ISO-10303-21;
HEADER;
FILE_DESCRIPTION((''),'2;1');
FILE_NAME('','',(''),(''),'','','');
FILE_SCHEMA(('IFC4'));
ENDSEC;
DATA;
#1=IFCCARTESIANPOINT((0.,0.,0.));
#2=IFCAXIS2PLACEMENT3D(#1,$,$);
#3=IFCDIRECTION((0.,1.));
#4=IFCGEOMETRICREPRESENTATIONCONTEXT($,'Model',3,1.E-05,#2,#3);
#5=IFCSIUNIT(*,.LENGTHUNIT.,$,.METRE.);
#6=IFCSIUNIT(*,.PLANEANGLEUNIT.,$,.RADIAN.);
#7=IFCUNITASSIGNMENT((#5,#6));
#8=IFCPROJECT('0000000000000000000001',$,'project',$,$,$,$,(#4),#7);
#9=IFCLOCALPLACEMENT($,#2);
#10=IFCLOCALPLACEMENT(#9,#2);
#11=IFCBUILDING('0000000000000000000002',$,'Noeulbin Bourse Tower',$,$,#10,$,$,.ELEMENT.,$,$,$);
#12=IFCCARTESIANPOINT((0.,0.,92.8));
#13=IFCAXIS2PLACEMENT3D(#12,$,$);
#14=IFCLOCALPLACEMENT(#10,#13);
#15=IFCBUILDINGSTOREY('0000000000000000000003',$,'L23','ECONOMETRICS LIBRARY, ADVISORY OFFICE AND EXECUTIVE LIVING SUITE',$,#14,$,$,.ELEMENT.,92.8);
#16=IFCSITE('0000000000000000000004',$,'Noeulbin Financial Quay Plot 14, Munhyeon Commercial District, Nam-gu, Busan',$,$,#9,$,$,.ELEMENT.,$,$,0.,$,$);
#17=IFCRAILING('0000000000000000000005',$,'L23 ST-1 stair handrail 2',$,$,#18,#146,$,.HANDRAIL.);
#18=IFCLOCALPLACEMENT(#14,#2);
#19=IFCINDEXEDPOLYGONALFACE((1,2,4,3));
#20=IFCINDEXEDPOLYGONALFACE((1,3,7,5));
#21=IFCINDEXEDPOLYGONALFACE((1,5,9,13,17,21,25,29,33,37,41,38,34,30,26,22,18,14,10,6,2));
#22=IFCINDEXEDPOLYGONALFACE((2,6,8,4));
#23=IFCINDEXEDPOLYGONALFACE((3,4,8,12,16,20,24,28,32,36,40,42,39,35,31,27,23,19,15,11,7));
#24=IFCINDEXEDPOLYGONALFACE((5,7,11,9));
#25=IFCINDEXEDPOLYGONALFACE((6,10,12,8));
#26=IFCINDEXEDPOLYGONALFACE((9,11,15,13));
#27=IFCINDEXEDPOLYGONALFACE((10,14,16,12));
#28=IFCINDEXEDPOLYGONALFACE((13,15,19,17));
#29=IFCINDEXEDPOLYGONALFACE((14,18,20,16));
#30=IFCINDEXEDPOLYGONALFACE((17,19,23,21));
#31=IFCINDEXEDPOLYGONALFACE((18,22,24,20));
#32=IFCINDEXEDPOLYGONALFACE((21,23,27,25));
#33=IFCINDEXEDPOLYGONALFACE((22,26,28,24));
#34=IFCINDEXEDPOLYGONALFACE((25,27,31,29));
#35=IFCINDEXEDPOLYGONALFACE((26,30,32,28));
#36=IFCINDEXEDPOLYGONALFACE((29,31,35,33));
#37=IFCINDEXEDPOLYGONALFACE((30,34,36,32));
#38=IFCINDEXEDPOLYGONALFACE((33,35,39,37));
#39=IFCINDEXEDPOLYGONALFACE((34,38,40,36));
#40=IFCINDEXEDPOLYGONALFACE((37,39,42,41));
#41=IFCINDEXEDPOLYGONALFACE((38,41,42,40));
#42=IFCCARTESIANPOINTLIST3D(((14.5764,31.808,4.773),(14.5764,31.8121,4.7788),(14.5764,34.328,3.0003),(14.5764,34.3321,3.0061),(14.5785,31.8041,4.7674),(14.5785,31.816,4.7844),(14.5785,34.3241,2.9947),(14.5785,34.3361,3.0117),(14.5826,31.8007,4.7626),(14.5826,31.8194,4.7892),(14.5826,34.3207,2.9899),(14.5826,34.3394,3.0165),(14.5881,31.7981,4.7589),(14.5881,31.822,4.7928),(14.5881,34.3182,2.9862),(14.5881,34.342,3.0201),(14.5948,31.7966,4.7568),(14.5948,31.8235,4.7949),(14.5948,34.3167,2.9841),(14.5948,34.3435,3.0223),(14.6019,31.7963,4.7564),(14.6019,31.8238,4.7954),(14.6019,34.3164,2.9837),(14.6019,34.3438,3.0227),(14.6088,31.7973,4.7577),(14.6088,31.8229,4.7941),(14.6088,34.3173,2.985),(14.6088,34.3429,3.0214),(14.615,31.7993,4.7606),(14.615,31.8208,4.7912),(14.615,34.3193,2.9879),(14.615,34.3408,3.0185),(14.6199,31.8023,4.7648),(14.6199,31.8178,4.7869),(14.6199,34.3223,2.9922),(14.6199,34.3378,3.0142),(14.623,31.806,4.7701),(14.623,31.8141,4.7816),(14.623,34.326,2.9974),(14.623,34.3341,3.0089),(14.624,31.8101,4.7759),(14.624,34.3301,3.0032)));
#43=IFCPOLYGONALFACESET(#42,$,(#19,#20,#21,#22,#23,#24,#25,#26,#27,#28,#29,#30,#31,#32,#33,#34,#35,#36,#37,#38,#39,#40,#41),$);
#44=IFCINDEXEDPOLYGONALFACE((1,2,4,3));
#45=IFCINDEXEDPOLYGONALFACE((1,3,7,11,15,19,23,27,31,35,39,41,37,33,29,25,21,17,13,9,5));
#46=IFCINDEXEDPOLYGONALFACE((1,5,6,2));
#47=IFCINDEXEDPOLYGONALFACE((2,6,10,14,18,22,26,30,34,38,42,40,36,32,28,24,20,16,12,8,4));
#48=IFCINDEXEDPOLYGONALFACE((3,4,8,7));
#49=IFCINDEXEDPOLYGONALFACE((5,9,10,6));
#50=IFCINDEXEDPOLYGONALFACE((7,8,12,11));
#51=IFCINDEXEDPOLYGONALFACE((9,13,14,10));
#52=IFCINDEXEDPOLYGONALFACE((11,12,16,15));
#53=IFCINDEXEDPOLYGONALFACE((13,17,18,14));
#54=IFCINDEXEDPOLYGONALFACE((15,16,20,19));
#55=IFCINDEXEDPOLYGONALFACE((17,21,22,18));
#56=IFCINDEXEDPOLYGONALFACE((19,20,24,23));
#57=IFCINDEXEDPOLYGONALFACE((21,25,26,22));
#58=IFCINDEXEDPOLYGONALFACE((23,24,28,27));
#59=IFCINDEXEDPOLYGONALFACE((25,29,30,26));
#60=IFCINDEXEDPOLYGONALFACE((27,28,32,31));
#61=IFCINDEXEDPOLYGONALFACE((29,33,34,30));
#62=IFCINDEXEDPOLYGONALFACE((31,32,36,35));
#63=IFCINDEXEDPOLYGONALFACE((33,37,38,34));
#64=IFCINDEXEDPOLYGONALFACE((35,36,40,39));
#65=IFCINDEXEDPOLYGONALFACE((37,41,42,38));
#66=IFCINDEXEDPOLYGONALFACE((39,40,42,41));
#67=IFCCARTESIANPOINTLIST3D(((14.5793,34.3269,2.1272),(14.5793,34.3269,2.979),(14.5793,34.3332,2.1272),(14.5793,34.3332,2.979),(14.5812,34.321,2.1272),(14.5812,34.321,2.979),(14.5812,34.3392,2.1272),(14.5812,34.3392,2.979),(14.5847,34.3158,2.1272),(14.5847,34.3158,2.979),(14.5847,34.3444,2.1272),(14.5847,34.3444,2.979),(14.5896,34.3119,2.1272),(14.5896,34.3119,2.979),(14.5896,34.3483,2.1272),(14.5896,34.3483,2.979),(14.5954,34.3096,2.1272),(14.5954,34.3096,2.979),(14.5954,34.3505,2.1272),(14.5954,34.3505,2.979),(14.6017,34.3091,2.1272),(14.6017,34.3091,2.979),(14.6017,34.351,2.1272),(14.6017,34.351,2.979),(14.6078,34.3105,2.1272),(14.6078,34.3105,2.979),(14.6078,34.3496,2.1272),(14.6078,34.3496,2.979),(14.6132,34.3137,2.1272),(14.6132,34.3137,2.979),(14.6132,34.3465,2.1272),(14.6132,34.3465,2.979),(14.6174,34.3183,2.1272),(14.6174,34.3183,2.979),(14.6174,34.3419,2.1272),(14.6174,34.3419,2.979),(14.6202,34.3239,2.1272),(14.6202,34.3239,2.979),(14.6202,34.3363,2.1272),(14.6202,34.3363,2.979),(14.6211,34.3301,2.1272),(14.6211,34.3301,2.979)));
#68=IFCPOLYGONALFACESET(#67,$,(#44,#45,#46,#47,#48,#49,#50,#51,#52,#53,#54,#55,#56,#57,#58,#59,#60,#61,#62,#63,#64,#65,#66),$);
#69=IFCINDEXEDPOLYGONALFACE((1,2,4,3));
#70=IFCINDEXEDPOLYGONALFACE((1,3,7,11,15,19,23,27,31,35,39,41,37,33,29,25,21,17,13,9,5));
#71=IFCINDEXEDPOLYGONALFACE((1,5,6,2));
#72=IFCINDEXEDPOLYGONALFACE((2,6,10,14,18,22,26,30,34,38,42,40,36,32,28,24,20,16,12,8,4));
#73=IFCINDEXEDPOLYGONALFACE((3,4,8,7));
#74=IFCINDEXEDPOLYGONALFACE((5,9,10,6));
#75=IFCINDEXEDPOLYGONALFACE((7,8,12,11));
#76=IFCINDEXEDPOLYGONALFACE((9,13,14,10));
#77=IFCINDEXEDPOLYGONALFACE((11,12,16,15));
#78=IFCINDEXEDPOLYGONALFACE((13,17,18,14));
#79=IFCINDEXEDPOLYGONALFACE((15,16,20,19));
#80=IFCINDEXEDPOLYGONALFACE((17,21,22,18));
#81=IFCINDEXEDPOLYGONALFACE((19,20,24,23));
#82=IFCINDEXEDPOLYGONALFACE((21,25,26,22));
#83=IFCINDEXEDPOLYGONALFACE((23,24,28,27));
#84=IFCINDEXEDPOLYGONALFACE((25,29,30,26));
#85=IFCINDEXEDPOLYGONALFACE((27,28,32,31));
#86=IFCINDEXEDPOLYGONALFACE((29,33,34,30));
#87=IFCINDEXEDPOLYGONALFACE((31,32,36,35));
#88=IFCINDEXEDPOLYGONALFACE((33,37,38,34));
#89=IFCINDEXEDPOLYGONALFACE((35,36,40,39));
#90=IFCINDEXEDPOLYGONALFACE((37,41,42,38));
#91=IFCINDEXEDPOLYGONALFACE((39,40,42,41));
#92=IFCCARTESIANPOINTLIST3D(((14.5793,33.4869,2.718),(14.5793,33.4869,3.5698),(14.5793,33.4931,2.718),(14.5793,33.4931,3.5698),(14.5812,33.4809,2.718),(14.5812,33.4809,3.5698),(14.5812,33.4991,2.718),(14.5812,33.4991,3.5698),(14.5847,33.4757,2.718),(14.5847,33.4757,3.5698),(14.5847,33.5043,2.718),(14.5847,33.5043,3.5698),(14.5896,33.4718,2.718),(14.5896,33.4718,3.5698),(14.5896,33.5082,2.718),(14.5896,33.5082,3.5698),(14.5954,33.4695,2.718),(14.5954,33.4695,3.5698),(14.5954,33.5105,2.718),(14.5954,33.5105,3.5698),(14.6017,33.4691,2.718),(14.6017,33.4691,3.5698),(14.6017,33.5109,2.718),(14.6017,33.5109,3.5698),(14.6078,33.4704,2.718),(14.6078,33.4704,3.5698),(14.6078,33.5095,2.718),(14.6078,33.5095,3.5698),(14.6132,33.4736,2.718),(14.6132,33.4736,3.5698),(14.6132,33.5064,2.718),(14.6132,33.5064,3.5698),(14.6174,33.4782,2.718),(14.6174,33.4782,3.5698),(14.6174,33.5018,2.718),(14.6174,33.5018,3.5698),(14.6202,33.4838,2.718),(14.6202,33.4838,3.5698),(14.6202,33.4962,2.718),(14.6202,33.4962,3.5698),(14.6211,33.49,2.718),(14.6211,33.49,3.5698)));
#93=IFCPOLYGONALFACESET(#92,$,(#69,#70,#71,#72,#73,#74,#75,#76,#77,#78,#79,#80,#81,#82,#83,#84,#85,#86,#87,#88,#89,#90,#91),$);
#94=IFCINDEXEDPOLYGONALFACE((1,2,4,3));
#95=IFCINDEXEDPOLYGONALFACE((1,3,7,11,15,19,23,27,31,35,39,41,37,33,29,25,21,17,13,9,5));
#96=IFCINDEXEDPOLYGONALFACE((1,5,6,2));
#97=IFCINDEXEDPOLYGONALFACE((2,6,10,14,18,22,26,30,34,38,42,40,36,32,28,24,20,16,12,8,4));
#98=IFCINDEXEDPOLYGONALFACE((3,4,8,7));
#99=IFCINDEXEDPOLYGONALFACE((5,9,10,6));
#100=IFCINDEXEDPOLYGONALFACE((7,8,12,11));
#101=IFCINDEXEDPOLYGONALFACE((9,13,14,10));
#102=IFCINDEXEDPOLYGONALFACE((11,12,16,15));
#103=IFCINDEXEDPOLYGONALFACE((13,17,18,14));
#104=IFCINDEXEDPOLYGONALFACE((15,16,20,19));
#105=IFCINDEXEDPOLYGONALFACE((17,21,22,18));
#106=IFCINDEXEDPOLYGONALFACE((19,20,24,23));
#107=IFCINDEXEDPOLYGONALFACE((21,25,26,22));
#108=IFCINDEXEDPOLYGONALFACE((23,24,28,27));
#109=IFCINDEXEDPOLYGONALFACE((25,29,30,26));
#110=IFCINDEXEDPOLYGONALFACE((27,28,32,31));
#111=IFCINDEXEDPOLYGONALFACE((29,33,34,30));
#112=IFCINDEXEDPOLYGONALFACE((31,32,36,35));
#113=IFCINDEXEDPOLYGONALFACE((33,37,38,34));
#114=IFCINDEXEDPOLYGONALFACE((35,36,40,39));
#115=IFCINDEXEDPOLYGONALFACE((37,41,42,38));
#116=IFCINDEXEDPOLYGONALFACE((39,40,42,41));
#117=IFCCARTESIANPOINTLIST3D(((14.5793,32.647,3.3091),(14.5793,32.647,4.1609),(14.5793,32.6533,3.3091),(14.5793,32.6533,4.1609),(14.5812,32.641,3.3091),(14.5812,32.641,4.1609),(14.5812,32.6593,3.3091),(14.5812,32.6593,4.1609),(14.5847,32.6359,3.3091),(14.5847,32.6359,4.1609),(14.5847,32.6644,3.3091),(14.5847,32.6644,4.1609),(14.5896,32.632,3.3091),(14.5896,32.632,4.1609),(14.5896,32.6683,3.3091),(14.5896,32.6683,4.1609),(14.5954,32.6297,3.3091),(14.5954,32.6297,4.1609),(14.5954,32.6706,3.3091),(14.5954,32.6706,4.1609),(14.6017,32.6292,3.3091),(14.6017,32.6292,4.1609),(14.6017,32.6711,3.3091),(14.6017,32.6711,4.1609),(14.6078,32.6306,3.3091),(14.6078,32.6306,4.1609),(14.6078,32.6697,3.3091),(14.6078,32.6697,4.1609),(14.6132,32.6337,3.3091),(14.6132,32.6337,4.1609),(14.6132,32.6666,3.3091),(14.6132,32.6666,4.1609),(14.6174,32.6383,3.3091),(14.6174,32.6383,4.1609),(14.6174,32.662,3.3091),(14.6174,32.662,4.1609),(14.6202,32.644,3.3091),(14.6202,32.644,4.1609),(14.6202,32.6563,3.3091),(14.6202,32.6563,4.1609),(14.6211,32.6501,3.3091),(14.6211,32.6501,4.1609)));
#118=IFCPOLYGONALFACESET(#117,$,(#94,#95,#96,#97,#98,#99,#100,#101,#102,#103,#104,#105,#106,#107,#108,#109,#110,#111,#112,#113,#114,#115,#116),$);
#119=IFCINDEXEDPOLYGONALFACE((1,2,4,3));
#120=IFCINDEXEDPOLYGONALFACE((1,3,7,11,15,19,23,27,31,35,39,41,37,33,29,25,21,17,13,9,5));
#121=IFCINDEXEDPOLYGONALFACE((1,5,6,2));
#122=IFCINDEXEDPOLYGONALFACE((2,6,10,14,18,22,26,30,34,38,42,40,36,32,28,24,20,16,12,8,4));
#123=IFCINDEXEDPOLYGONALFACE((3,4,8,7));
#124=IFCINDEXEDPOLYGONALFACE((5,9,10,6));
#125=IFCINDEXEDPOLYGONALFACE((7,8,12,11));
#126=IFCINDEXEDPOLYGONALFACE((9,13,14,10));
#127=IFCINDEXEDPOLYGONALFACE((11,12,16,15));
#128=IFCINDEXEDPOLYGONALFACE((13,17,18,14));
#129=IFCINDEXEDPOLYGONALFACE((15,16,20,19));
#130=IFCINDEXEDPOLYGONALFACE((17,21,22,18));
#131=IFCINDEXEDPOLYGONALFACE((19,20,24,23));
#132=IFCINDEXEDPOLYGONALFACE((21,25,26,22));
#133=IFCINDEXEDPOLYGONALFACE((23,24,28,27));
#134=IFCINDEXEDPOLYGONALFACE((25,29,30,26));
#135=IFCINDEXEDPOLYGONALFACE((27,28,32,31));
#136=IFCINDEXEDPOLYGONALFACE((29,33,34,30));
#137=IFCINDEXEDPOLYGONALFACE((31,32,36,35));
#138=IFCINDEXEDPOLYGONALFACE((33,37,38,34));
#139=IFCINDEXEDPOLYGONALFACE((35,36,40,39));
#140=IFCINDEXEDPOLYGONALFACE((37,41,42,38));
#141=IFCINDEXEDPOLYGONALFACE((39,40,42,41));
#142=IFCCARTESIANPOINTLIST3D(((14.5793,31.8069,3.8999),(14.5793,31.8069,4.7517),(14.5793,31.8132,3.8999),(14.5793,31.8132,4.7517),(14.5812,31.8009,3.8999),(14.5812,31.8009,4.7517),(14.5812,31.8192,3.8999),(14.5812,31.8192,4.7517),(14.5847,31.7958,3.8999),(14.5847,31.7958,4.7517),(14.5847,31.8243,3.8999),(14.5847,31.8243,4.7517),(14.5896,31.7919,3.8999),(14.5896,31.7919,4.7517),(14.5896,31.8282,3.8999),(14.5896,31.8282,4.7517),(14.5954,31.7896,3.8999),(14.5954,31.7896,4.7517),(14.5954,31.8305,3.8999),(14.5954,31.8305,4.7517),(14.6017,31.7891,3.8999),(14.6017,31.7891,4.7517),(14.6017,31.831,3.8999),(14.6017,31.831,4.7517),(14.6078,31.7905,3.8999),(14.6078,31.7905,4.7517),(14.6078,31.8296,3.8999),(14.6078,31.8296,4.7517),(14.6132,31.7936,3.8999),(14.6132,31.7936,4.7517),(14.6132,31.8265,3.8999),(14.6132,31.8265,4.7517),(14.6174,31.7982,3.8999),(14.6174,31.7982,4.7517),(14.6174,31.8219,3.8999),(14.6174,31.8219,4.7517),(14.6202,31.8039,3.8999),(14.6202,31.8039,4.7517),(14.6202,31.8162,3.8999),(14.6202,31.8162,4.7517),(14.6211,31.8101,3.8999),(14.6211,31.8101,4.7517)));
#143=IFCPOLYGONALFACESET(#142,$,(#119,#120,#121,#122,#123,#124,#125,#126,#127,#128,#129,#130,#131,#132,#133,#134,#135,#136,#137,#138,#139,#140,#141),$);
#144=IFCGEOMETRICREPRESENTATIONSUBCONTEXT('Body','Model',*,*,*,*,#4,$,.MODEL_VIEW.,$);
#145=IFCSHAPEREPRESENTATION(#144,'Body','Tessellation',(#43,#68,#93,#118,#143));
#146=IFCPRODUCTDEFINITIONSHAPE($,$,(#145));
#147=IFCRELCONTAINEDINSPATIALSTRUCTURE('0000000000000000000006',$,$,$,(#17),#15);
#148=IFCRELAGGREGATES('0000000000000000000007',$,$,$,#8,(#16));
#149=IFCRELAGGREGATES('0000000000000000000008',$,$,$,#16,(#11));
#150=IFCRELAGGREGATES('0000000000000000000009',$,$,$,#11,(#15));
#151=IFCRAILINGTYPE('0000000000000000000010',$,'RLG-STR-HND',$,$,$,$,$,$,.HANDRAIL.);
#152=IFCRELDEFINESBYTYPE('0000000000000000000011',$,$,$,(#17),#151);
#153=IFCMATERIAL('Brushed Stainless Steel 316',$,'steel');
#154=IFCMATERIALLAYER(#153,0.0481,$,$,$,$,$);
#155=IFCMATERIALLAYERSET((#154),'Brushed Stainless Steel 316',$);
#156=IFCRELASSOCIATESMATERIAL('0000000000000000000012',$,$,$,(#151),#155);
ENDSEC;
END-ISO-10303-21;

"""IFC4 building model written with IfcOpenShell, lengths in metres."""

from ifc_helpers import new_model, si_unit, direction, frame, origin, origin_2d, place, context, subcontext, project, spatial, circle, extrude, material, layer, layer_set, type_object, element, save


model = new_model("IFC4")

# Units and contexts
model_context = context("Model", 3, precision=1e-05, world=origin(), true_north=direction((0.0, 1.0)))
body_context = subcontext(model_context, "Body", "Model", "MODEL_VIEW")
ifc_project = project(units=[si_unit("LENGTHUNIT", "METRE"), si_unit("PLANEANGLEUNIT", "RADIAN")], contexts=[model_context])

# Site, building, storey
site_placement = place(None, origin())
site = spatial("IfcSite", under=ifc_project, at=site_placement, Name="Noeulbin Financial Quay Plot 14, Munhyeon Commercial District, Nam-gu, Busan", CompositionType="ELEMENT", RefElevation=0.0)
building_placement = place(site_placement, origin())
building = spatial("IfcBuilding", under=site, at=building_placement, Name="Noeulbin Bourse Tower", CompositionType="ELEMENT")
storey_placement = place(building_placement, frame((0.0, 0.0, 92.8)))
storey = spatial("IfcBuildingStorey", under=building, at=storey_placement, Name="L23", Description="ECONOMETRICS LIBRARY, ADVISORY OFFICE AND EXECUTIVE LIVING SUITE", CompositionType="ELEMENT", Elevation=92.8)

# Shared definitions
ifc_material_1 = material(Name="Brushed Stainless Steel 316", Category="steel")

# Railing
ifc_layer_1 = layer(ifc_material_1, 0.0481)
ifc_layer_set_1 = layer_set([ifc_layer_1], Name="Brushed Stainless Steel 316")
railing_type_1 = type_object("IfcRailingType", Name="RLG-STR-HND", PredefinedType="HANDRAIL", material=ifc_layer_set_1)
railing_1_placement = place(storey_placement, frame((14.6001, 34.3301, 2.1272)))
element("IfcRailing", 1, at=railing_1_placement, inside=storey, type_object=railing_type_1, Name="L23 ST-1 stair handrail 2", PredefinedType="HANDRAIL", context=body_context, shape_type="SweptSolid", body=[
    extrude(circle(Radius=0.0239, at=origin_2d()), frame((0.0, 0.0, 0.876), z_axis=(0.0, -0.817904, 0.575354), x_axis=(1.0, 0.0, 0.0)), (0.0, 0.0, 1.0), 3.0811),
    extrude(circle(Radius=0.021, at=origin_2d()), origin(), (0.0, 0.0, 1.0), 0.8518),
    extrude(circle(Radius=0.021, at=origin_2d()), frame((0.0, -0.8401, 0.5908)), (0.0, 0.0, 1.0), 0.8518),
    extrude(circle(Radius=0.021, at=origin_2d()), frame((0.0, -1.6799, 1.1819)), (0.0, 0.0, 1.0), 0.8518),
    extrude(circle(Radius=0.021, at=origin_2d()), frame((0.0, -2.52, 1.7727)), (0.0, 0.0, 1.0), 0.8518),
])

save(model, "model.ifc")
